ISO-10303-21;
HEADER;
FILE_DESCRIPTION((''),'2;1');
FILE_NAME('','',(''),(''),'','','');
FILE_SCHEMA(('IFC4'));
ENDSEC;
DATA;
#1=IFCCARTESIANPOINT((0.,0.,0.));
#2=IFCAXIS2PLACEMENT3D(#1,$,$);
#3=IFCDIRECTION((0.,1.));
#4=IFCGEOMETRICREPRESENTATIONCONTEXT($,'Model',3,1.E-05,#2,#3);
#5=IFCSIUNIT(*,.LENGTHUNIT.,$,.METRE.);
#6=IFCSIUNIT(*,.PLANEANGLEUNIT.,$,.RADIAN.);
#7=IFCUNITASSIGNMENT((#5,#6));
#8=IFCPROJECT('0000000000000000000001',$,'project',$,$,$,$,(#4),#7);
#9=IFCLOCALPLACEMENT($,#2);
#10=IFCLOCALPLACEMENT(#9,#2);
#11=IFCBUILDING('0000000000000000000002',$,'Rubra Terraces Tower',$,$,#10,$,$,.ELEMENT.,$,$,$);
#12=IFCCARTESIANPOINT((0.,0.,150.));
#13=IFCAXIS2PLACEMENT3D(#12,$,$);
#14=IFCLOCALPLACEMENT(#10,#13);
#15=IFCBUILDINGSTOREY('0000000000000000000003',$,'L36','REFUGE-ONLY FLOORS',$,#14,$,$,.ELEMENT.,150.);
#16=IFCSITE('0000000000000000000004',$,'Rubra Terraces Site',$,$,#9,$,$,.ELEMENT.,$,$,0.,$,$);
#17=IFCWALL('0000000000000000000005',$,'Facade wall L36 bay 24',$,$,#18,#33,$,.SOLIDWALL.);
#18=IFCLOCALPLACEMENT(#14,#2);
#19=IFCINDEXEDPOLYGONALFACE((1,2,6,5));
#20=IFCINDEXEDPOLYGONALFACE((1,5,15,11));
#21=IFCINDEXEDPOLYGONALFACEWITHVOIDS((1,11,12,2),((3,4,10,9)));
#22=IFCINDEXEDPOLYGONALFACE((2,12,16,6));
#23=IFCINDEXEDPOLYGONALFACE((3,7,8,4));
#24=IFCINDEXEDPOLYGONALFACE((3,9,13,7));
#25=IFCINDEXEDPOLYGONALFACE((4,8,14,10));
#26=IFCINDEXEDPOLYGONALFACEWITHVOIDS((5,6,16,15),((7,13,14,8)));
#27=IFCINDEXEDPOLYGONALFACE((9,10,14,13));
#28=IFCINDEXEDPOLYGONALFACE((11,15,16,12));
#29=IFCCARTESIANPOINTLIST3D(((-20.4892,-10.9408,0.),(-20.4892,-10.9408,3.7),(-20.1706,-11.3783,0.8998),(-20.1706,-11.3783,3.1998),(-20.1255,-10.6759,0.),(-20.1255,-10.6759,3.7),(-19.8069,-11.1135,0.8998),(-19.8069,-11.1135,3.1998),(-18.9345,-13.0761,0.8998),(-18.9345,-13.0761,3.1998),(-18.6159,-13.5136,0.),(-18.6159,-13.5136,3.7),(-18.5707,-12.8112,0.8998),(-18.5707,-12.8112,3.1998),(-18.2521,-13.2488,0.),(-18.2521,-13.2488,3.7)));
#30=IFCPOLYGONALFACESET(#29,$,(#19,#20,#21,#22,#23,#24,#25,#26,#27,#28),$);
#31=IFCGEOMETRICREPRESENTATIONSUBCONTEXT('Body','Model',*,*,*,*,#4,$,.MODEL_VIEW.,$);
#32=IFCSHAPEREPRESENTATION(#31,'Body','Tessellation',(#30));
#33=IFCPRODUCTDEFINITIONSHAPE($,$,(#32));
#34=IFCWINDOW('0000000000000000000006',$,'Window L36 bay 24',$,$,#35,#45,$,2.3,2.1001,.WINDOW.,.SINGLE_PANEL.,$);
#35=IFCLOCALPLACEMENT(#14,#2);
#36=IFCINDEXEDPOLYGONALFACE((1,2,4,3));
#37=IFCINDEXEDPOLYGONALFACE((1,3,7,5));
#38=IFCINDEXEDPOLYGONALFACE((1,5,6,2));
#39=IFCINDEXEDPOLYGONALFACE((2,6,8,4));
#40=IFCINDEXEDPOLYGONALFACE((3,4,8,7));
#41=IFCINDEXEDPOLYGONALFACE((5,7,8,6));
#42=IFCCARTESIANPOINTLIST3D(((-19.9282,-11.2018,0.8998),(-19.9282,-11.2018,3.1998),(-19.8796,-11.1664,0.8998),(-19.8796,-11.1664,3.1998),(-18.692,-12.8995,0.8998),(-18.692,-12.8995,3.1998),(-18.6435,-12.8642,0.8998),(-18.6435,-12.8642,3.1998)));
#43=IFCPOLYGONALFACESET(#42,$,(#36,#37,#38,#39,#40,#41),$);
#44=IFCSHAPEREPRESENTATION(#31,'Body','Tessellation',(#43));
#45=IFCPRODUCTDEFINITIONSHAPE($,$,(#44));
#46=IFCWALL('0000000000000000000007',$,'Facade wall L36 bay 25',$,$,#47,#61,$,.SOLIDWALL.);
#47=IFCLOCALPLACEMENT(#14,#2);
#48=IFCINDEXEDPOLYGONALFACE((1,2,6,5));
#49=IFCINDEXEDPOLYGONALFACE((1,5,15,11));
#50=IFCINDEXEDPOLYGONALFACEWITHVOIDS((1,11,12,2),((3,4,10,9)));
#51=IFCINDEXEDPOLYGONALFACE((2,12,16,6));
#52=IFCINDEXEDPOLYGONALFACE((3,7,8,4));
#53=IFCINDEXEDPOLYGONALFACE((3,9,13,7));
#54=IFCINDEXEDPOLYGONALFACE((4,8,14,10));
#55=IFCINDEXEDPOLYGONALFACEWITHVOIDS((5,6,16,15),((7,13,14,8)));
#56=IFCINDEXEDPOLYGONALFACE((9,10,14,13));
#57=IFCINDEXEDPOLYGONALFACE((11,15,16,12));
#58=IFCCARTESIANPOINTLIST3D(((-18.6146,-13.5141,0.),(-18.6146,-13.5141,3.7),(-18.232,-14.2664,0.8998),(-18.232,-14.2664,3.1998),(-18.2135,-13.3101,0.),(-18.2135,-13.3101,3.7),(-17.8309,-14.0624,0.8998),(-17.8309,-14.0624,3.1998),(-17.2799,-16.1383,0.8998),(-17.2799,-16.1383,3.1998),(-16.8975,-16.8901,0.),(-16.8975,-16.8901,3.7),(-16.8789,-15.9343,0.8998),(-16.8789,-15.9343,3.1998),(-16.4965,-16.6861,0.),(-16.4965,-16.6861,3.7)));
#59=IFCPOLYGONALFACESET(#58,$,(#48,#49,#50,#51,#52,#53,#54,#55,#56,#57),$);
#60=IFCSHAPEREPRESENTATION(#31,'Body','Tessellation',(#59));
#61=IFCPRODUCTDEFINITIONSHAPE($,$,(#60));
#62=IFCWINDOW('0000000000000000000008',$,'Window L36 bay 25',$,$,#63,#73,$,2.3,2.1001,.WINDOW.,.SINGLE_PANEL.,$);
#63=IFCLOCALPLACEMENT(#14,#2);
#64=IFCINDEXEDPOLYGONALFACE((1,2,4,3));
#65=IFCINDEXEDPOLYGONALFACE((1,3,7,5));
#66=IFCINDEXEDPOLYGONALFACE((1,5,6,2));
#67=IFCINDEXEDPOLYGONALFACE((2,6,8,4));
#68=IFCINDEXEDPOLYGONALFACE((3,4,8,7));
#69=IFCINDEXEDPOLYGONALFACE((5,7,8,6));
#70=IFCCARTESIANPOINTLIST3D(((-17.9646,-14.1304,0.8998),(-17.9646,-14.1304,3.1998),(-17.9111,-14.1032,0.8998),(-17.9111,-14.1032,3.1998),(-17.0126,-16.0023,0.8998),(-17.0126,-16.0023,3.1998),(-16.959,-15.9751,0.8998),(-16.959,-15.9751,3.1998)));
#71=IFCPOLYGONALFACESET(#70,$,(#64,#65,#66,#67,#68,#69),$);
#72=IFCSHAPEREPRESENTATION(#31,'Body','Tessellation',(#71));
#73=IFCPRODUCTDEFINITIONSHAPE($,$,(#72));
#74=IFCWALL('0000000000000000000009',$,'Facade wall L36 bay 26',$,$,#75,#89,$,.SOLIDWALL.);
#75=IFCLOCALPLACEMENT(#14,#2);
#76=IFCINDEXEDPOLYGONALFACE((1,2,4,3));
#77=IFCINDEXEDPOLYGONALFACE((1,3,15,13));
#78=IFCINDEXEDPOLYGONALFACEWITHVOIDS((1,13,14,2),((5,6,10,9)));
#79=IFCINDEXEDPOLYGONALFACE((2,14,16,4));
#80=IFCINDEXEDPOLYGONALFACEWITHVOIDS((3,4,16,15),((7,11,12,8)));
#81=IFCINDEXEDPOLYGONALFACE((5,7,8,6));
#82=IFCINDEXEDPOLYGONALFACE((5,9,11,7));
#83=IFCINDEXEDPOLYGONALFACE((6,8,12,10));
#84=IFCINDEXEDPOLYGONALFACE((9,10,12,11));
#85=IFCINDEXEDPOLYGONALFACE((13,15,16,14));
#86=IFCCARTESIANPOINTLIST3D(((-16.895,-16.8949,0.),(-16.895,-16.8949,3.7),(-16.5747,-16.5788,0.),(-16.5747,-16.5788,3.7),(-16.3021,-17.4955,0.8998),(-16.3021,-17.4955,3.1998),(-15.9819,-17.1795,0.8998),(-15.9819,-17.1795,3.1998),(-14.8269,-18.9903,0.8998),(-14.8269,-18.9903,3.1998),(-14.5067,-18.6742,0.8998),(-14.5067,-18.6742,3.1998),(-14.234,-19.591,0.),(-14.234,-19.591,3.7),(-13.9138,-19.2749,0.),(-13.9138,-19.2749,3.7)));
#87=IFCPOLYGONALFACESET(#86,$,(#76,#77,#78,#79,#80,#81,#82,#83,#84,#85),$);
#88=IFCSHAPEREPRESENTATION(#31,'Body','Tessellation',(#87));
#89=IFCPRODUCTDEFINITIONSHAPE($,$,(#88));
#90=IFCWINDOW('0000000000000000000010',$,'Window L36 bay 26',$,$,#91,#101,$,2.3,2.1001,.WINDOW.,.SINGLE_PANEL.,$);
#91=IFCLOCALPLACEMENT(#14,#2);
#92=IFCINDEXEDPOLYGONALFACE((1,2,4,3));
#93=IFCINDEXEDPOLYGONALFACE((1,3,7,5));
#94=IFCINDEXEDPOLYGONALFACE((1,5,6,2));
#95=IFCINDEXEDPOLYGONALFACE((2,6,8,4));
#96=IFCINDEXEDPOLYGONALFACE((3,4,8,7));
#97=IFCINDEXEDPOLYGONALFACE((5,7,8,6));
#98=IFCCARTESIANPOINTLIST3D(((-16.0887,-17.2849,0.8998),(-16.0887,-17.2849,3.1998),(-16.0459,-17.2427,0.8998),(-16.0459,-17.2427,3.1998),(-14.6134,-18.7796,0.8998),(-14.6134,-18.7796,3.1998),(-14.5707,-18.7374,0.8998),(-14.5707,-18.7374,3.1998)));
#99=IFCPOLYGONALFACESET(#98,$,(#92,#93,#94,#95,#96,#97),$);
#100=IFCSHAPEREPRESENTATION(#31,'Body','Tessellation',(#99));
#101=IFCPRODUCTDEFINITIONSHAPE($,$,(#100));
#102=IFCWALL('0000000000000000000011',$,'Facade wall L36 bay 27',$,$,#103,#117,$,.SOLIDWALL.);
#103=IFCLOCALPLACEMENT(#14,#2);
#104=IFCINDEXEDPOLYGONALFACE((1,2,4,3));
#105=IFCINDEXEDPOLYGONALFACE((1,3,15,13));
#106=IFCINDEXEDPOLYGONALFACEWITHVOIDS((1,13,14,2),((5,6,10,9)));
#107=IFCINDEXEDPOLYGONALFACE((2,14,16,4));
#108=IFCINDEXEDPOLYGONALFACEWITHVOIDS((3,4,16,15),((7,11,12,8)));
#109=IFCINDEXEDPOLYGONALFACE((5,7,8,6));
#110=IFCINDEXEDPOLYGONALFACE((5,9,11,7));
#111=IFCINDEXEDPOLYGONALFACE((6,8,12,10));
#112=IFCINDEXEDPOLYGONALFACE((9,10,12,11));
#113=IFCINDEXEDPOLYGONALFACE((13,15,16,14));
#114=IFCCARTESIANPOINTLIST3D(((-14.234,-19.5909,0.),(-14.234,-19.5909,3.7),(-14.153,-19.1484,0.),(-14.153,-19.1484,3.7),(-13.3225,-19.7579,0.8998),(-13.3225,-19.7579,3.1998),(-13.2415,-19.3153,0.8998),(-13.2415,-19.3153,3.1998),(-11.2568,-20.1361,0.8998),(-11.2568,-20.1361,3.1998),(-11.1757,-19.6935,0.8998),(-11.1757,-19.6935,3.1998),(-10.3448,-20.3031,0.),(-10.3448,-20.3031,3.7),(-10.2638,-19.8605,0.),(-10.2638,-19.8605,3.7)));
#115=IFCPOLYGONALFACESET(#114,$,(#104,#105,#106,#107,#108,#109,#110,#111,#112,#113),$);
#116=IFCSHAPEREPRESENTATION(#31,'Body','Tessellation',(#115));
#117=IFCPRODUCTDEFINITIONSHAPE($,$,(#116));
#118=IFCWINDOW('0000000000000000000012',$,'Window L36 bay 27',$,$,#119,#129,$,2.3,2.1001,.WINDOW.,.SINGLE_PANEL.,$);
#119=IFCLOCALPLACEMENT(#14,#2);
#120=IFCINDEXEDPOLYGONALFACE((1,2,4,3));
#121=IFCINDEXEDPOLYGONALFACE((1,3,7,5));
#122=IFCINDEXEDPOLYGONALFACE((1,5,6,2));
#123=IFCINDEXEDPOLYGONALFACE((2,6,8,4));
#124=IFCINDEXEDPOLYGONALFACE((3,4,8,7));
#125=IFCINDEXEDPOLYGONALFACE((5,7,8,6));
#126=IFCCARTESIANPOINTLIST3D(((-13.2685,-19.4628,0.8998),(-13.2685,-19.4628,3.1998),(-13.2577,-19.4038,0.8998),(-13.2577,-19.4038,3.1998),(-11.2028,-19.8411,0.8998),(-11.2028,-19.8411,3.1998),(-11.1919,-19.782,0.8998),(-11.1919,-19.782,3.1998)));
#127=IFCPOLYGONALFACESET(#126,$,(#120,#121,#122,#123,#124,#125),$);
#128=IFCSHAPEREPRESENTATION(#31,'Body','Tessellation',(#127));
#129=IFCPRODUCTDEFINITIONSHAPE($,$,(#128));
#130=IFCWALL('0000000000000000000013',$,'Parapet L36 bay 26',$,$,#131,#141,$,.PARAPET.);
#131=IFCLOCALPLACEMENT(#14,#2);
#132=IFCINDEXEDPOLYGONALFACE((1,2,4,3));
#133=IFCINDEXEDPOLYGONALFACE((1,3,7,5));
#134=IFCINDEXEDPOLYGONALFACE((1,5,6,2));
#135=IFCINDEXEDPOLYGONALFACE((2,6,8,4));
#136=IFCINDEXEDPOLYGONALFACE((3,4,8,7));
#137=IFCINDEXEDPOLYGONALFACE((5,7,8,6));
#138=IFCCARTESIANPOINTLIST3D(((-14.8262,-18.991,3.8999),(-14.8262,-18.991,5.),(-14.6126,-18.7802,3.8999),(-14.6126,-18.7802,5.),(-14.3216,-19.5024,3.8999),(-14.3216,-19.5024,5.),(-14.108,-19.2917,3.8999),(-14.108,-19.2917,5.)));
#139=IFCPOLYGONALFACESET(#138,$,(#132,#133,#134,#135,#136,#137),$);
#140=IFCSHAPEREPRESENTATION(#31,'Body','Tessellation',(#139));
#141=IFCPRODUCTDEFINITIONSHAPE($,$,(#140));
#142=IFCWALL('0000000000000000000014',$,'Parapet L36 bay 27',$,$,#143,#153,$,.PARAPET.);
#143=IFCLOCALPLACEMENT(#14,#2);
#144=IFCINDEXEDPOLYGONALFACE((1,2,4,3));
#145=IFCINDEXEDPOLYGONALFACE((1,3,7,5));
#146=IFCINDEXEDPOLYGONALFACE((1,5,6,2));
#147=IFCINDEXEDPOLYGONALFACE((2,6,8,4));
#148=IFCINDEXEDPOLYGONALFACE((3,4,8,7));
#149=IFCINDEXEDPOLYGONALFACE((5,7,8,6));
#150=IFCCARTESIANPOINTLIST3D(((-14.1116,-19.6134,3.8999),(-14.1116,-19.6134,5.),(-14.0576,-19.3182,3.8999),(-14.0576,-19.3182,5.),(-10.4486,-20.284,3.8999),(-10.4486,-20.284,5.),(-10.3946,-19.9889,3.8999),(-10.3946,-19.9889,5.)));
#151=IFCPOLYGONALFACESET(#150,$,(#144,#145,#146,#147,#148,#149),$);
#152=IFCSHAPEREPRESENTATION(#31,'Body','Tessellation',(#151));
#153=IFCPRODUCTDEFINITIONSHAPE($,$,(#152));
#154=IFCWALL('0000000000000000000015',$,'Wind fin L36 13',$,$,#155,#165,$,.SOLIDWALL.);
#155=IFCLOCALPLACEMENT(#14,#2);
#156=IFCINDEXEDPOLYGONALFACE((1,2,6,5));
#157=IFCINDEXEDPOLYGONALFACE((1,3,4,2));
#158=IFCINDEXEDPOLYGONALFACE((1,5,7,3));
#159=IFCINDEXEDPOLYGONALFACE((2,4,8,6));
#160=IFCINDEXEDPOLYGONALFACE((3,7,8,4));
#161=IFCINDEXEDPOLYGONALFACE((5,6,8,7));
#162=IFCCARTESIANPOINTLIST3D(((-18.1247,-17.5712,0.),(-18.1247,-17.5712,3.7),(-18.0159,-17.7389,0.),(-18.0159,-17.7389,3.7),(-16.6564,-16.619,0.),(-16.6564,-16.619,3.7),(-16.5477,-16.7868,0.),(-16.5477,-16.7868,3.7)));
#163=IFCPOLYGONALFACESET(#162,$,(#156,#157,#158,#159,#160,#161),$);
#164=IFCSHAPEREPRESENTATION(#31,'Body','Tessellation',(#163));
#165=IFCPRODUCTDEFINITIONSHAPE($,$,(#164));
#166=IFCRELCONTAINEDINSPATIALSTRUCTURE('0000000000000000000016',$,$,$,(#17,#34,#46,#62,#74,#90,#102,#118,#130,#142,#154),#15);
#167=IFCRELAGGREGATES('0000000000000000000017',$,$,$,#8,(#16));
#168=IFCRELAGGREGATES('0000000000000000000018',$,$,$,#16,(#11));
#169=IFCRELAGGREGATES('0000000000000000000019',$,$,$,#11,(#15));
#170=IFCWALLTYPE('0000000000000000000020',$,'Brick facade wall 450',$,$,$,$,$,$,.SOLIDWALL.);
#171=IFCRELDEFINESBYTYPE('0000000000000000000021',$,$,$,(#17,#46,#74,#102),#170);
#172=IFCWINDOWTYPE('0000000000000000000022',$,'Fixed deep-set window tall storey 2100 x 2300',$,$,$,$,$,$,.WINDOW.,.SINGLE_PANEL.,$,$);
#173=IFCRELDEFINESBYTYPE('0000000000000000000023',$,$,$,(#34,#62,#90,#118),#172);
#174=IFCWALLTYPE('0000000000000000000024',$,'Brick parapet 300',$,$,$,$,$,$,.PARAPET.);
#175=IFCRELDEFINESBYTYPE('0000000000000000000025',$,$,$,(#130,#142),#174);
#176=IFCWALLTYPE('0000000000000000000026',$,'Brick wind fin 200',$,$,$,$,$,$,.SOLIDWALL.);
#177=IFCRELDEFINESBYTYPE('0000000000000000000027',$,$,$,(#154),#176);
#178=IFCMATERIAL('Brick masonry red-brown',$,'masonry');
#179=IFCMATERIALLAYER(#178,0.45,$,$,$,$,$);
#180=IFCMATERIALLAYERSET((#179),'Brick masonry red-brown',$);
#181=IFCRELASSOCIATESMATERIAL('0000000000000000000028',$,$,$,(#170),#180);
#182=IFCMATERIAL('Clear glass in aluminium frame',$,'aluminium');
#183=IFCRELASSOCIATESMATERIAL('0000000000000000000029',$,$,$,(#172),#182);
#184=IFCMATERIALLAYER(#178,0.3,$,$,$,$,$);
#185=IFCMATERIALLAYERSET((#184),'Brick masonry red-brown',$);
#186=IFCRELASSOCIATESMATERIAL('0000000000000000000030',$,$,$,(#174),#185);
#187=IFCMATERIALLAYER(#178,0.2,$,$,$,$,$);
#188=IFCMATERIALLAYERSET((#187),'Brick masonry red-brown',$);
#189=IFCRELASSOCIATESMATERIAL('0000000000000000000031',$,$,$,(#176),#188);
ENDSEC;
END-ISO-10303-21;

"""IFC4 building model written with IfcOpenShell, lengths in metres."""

from ifc_helpers import new_model, si_unit, direction, frame, frame_2d, origin, place, context, subcontext, project, spatial, rectangle, extrude, material, layer, layer_set, type_object, element, fill, save


model = new_model("IFC4")

# Units and contexts
model_context = context("Model", 3, precision=1e-05, world=origin(), true_north=direction((0.0, 1.0)))
body_context = subcontext(model_context, "Body", "Model", "MODEL_VIEW")
ifc_project = project(units=[si_unit("LENGTHUNIT", "METRE"), si_unit("PLANEANGLEUNIT", "RADIAN")], contexts=[model_context])

# Site, building, storey
site_placement = place(None, origin())
site = spatial("IfcSite", under=ifc_project, at=site_placement, Name="Rubra Terraces Site", CompositionType="ELEMENT", RefElevation=0.0)
building_placement = place(site_placement, origin())
building = spatial("IfcBuilding", under=site, at=building_placement, Name="Rubra Terraces Tower", CompositionType="ELEMENT")
storey_placement = place(building_placement, frame((0.0, 0.0, 150.0)))
storey = spatial("IfcBuildingStorey", under=building, at=storey_placement, Name="L36", Description="REFUGE-ONLY FLOORS", CompositionType="ELEMENT", Elevation=150.0)

# Walls, openings, windows
ifc_material_1 = material(Name="Brick masonry red-brown", Category="masonry")
ifc_layer_1 = layer(ifc_material_1, 0.45)
ifc_layer_set_1 = layer_set([ifc_layer_1], Name="Brick masonry red-brown")
wall_type_1 = type_object("IfcWallType", Name="Brick facade wall 450", PredefinedType="SOLIDWALL", material=ifc_layer_set_1)
wall_1_placement = place(storey_placement, frame((-20.3074, -10.8083, 0.0), z_axis=(0.0, 0.0, 1.0), x_axis=(0.588623, -0.808408, 0.0)))
wall_1 = element("IfcWall", 1, at=wall_1_placement, inside=storey, type_object=wall_type_1, Name="Facade wall L36 bay 24", PredefinedType="SOLIDWALL", context=body_context, shape_type="SweptSolid", body=[
    extrude(rectangle(XDim=3.1826, YDim=0.45, at=frame_2d((1.5913, 0.0))), origin(), (0.0, 0.0, 1.0), 3.7),
])
opening_1_placement = place(wall_1_placement, frame((0.5413, 0.0, 0.8999)))
opening_1 = element("IfcOpeningElement", 2, at=opening_1_placement, cuts=wall_1, PredefinedType="OPENING", context=body_context, shape_type="SweptSolid", body=[
    extrude(rectangle(XDim=2.1001, YDim=2.3, at=frame_2d((1.05, 1.1499))), frame((0.0, 0.2349, 0.0), z_axis=(0.0, -1.0, 0.0), x_axis=(1.0, 0.0, 0.0)), (0.0, 0.0, 1.0), 0.47),
])
ifc_material_2 = material(Name="Clear glass in aluminium frame", Category="aluminium")
window_type = type_object("IfcWindowType", Name="Fixed deep-set window tall storey 2100 x 2300", PartitioningType="SINGLE_PANEL", PredefinedType="WINDOW", material=ifc_material_2)
window_1_placement = place(opening_1_placement, origin())
window_1 = element("IfcWindow", 3, at=window_1_placement, inside=storey, type_object=window_type, Name="Window L36 bay 24", OverallHeight=2.3, OverallWidth=2.1001, PartitioningType="SINGLE_PANEL", PredefinedType="WINDOW", context=body_context, shape_type="SweptSolid", body=[
    extrude(rectangle(XDim=2.1001, YDim=2.3, at=frame_2d((1.05, 1.1499))), frame((0.0, 0.135, 0.0), z_axis=(0.0, -1.0, 0.0), x_axis=(1.0, 0.0, 0.0)), (0.0, 0.0, 1.0), 0.0601),
])
fill(opening_1, window_1)
wall_2_placement = place(storey_placement, frame((-18.4141, -13.4121, 0.0), z_axis=(0.0, 0.0, 1.0), x_axis=(0.45334, -0.891338, 0.0)))
wall_2 = element("IfcWall", 4, at=wall_2_placement, inside=storey, type_object=wall_type_1, Name="Facade wall L36 bay 25", PredefinedType="SOLIDWALL", context=body_context, shape_type="SweptSolid", body=[
    extrude(rectangle(XDim=3.7876, YDim=0.45, at=frame_2d((1.8938, 0.0))), origin(), (0.0, 0.0, 1.0), 3.7),
])
opening_2_placement = place(wall_2_placement, frame((0.844, 0.0, 0.8999)))
opening_2 = element("IfcOpeningElement", 5, at=opening_2_placement, cuts=wall_2, PredefinedType="OPENING", context=body_context, shape_type="SweptSolid", body=[
    extrude(rectangle(XDim=2.1001, YDim=2.3, at=frame_2d((1.05, 1.1499))), frame((0.0, 0.2349, 0.0), z_axis=(0.0, -1.0, 0.0), x_axis=(1.0, 0.0, 0.0)), (0.0, 0.0, 1.0), 0.47),
])
window_2_placement = place(opening_2_placement, origin())
window_2 = element("IfcWindow", 6, at=window_2_placement, inside=storey, type_object=window_type, Name="Window L36 bay 25", OverallHeight=2.3, OverallWidth=2.1001, PartitioningType="SINGLE_PANEL", PredefinedType="WINDOW", context=body_context, shape_type="SweptSolid", body=[
    extrude(rectangle(XDim=2.1001, YDim=2.3, at=frame_2d((1.05, 1.1499))), frame((0.0, 0.135, 0.0), z_axis=(0.0, -1.0, 0.0), x_axis=(1.0, 0.0, 0.0)), (0.0, 0.0, 1.0), 0.0601),
])
fill(opening_2, window_2)
wall_3_placement = place(storey_placement, frame((-16.7349, -16.7368, 0.0), z_axis=(0.0, 0.0, 1.0), x_axis=(0.702451, -0.711732, 0.0)))
wall_3 = element("IfcWall", 7, at=wall_3_placement, inside=storey, type_object=wall_type_1, Name="Facade wall L36 bay 26", PredefinedType="SOLIDWALL", context=body_context, shape_type="SweptSolid", body=[
    extrude(rectangle(XDim=3.7881, YDim=0.45, at=frame_2d((1.894, 0.0))), origin(), (0.0, 0.0, 1.0), 3.7),
])
opening_3_placement = place(wall_3_placement, frame((0.844, 0.0, 0.8999)))
opening_3 = element("IfcOpeningElement", 8, at=opening_3_placement, cuts=wall_3, PredefinedType="OPENING", context=body_context, shape_type="SweptSolid", body=[
    extrude(rectangle(XDim=2.1001, YDim=2.3, at=frame_2d((1.05, 1.1499))), frame((0.0, 0.2349, 0.0), z_axis=(0.0, -1.0, 0.0), x_axis=(1.0, 0.0, 0.0)), (0.0, 0.0, 1.0), 0.47),
])
window_3_placement = place(opening_3_placement, origin())
window_3 = element("IfcWindow", 9, at=window_3_placement, inside=storey, type_object=window_type, Name="Window L36 bay 26", OverallHeight=2.3, OverallWidth=2.1001, PartitioningType="SINGLE_PANEL", PredefinedType="WINDOW", context=body_context, shape_type="SweptSolid", body=[
    extrude(rectangle(XDim=2.1001, YDim=2.3, at=frame_2d((1.05, 1.1499))), frame((0.0, 0.135, 0.0), z_axis=(0.0, -1.0, 0.0), x_axis=(1.0, 0.0, 0.0)), (0.0, 0.0, 1.0), 0.0601),
])
fill(opening_3, window_3)
wall_4_placement = place(storey_placement, frame((-14.1936, -19.3696, 0.0), z_axis=(0.0, 0.0, 1.0), x_axis=(0.983645, -0.180119, 0.0)))
wall_4 = element("IfcWall", 10, at=wall_4_placement, inside=storey, type_object=wall_type_1, Name="Facade wall L36 bay 27", PredefinedType="SOLIDWALL", context=body_context, shape_type="SweptSolid", body=[
    extrude(rectangle(XDim=3.9539, YDim=0.45, at=frame_2d((1.9771, 0.0))), origin(), (0.0, 0.0, 1.0), 3.7),
])
opening_4_placement = place(wall_4_placement, frame((0.9268, 0.0, 0.8999)))
opening_4 = element("IfcOpeningElement", 11, at=opening_4_placement, cuts=wall_4, PredefinedType="OPENING", context=body_context, shape_type="SweptSolid", body=[
    extrude(rectangle(XDim=2.1001, YDim=2.3, at=frame_2d((1.05, 1.1499))), frame((0.0, 0.2349, 0.0), z_axis=(0.0, -1.0, 0.0), x_axis=(1.0, 0.0, 0.0)), (0.0, 0.0, 1.0), 0.47),
])
window_4_placement = place(opening_4_placement, origin())
window_4 = element("IfcWindow", 12, at=window_4_placement, inside=storey, type_object=window_type, Name="Window L36 bay 27", OverallHeight=2.3, OverallWidth=2.1001, PartitioningType="SINGLE_PANEL", PredefinedType="WINDOW", context=body_context, shape_type="SweptSolid", body=[
    extrude(rectangle(XDim=2.1001, YDim=2.3, at=frame_2d((1.05, 1.1499))), frame((0.0, 0.135, 0.0), z_axis=(0.0, -1.0, 0.0), x_axis=(1.0, 0.0, 0.0)), (0.0, 0.0, 1.0), 0.0601),
])
fill(opening_4, window_4)

# Walls
ifc_layer_2 = layer(ifc_material_1, 0.3)
ifc_layer_set_2 = layer_set([ifc_layer_2], Name="Brick masonry red-brown")
wall_type_2 = type_object("IfcWallType", Name="Brick parapet 300", PredefinedType="PARAPET", material=ifc_layer_set_2)
wall_5_placement = place(storey_placement, frame((-14.7195, -18.8855, 3.8999), z_axis=(0.0, 0.0, 1.0), x_axis=(0.702334, -0.711848, 0.0)))
element("IfcWall", 13, at=wall_5_placement, inside=storey, type_object=wall_type_2, Name="Parapet L36 bay 26", PredefinedType="PARAPET", context=body_context, shape_type="SweptSolid", body=[
    extrude(rectangle(XDim=0.7185, YDim=0.3, at=frame_2d((0.3594, 0.0))), origin(), (0.0, 0.0, 1.0), 1.1001),
])
wall_6_placement = place(storey_placement, frame((-14.0845, -19.4658, 3.8999), z_axis=(0.0, 0.0, 1.0), x_axis=(0.98365, -0.180091, 0.0)))
element("IfcWall", 14, at=wall_6_placement, inside=storey, type_object=wall_type_2, Name="Parapet L36 bay 27", PredefinedType="PARAPET", context=body_context, shape_type="SweptSolid", body=[
    extrude(rectangle(XDim=3.7239, YDim=0.3, at=frame_2d((1.8618, 0.0))), origin(), (0.0, 0.0, 1.0), 1.1001),
])
ifc_layer_3 = layer(ifc_material_1, 0.2)
ifc_layer_set_3 = layer_set([ifc_layer_3], Name="Brick masonry red-brown")
wall_type_3 = type_object("IfcWallType", Name="Brick wind fin 200", PredefinedType="SOLIDWALL", material=ifc_layer_set_3)
wall_7_placement = place(storey_placement, frame((-16.6021, -16.7029, 0.0), z_axis=(0.0, 0.0, 1.0), x_axis=(-0.839023, -0.544096, 0.0)))
element("IfcWall", 15, at=wall_7_placement, inside=storey, type_object=wall_type_3, Name="Wind fin L36 13", PredefinedType="SOLIDWALL", context=body_context, shape_type="SweptSolid", body=[
    extrude(rectangle(XDim=1.75, YDim=0.2, at=frame_2d((0.875, 0.0))), origin(), (0.0, 0.0, 1.0), 3.7),
])

save(model, "model.ifc")
